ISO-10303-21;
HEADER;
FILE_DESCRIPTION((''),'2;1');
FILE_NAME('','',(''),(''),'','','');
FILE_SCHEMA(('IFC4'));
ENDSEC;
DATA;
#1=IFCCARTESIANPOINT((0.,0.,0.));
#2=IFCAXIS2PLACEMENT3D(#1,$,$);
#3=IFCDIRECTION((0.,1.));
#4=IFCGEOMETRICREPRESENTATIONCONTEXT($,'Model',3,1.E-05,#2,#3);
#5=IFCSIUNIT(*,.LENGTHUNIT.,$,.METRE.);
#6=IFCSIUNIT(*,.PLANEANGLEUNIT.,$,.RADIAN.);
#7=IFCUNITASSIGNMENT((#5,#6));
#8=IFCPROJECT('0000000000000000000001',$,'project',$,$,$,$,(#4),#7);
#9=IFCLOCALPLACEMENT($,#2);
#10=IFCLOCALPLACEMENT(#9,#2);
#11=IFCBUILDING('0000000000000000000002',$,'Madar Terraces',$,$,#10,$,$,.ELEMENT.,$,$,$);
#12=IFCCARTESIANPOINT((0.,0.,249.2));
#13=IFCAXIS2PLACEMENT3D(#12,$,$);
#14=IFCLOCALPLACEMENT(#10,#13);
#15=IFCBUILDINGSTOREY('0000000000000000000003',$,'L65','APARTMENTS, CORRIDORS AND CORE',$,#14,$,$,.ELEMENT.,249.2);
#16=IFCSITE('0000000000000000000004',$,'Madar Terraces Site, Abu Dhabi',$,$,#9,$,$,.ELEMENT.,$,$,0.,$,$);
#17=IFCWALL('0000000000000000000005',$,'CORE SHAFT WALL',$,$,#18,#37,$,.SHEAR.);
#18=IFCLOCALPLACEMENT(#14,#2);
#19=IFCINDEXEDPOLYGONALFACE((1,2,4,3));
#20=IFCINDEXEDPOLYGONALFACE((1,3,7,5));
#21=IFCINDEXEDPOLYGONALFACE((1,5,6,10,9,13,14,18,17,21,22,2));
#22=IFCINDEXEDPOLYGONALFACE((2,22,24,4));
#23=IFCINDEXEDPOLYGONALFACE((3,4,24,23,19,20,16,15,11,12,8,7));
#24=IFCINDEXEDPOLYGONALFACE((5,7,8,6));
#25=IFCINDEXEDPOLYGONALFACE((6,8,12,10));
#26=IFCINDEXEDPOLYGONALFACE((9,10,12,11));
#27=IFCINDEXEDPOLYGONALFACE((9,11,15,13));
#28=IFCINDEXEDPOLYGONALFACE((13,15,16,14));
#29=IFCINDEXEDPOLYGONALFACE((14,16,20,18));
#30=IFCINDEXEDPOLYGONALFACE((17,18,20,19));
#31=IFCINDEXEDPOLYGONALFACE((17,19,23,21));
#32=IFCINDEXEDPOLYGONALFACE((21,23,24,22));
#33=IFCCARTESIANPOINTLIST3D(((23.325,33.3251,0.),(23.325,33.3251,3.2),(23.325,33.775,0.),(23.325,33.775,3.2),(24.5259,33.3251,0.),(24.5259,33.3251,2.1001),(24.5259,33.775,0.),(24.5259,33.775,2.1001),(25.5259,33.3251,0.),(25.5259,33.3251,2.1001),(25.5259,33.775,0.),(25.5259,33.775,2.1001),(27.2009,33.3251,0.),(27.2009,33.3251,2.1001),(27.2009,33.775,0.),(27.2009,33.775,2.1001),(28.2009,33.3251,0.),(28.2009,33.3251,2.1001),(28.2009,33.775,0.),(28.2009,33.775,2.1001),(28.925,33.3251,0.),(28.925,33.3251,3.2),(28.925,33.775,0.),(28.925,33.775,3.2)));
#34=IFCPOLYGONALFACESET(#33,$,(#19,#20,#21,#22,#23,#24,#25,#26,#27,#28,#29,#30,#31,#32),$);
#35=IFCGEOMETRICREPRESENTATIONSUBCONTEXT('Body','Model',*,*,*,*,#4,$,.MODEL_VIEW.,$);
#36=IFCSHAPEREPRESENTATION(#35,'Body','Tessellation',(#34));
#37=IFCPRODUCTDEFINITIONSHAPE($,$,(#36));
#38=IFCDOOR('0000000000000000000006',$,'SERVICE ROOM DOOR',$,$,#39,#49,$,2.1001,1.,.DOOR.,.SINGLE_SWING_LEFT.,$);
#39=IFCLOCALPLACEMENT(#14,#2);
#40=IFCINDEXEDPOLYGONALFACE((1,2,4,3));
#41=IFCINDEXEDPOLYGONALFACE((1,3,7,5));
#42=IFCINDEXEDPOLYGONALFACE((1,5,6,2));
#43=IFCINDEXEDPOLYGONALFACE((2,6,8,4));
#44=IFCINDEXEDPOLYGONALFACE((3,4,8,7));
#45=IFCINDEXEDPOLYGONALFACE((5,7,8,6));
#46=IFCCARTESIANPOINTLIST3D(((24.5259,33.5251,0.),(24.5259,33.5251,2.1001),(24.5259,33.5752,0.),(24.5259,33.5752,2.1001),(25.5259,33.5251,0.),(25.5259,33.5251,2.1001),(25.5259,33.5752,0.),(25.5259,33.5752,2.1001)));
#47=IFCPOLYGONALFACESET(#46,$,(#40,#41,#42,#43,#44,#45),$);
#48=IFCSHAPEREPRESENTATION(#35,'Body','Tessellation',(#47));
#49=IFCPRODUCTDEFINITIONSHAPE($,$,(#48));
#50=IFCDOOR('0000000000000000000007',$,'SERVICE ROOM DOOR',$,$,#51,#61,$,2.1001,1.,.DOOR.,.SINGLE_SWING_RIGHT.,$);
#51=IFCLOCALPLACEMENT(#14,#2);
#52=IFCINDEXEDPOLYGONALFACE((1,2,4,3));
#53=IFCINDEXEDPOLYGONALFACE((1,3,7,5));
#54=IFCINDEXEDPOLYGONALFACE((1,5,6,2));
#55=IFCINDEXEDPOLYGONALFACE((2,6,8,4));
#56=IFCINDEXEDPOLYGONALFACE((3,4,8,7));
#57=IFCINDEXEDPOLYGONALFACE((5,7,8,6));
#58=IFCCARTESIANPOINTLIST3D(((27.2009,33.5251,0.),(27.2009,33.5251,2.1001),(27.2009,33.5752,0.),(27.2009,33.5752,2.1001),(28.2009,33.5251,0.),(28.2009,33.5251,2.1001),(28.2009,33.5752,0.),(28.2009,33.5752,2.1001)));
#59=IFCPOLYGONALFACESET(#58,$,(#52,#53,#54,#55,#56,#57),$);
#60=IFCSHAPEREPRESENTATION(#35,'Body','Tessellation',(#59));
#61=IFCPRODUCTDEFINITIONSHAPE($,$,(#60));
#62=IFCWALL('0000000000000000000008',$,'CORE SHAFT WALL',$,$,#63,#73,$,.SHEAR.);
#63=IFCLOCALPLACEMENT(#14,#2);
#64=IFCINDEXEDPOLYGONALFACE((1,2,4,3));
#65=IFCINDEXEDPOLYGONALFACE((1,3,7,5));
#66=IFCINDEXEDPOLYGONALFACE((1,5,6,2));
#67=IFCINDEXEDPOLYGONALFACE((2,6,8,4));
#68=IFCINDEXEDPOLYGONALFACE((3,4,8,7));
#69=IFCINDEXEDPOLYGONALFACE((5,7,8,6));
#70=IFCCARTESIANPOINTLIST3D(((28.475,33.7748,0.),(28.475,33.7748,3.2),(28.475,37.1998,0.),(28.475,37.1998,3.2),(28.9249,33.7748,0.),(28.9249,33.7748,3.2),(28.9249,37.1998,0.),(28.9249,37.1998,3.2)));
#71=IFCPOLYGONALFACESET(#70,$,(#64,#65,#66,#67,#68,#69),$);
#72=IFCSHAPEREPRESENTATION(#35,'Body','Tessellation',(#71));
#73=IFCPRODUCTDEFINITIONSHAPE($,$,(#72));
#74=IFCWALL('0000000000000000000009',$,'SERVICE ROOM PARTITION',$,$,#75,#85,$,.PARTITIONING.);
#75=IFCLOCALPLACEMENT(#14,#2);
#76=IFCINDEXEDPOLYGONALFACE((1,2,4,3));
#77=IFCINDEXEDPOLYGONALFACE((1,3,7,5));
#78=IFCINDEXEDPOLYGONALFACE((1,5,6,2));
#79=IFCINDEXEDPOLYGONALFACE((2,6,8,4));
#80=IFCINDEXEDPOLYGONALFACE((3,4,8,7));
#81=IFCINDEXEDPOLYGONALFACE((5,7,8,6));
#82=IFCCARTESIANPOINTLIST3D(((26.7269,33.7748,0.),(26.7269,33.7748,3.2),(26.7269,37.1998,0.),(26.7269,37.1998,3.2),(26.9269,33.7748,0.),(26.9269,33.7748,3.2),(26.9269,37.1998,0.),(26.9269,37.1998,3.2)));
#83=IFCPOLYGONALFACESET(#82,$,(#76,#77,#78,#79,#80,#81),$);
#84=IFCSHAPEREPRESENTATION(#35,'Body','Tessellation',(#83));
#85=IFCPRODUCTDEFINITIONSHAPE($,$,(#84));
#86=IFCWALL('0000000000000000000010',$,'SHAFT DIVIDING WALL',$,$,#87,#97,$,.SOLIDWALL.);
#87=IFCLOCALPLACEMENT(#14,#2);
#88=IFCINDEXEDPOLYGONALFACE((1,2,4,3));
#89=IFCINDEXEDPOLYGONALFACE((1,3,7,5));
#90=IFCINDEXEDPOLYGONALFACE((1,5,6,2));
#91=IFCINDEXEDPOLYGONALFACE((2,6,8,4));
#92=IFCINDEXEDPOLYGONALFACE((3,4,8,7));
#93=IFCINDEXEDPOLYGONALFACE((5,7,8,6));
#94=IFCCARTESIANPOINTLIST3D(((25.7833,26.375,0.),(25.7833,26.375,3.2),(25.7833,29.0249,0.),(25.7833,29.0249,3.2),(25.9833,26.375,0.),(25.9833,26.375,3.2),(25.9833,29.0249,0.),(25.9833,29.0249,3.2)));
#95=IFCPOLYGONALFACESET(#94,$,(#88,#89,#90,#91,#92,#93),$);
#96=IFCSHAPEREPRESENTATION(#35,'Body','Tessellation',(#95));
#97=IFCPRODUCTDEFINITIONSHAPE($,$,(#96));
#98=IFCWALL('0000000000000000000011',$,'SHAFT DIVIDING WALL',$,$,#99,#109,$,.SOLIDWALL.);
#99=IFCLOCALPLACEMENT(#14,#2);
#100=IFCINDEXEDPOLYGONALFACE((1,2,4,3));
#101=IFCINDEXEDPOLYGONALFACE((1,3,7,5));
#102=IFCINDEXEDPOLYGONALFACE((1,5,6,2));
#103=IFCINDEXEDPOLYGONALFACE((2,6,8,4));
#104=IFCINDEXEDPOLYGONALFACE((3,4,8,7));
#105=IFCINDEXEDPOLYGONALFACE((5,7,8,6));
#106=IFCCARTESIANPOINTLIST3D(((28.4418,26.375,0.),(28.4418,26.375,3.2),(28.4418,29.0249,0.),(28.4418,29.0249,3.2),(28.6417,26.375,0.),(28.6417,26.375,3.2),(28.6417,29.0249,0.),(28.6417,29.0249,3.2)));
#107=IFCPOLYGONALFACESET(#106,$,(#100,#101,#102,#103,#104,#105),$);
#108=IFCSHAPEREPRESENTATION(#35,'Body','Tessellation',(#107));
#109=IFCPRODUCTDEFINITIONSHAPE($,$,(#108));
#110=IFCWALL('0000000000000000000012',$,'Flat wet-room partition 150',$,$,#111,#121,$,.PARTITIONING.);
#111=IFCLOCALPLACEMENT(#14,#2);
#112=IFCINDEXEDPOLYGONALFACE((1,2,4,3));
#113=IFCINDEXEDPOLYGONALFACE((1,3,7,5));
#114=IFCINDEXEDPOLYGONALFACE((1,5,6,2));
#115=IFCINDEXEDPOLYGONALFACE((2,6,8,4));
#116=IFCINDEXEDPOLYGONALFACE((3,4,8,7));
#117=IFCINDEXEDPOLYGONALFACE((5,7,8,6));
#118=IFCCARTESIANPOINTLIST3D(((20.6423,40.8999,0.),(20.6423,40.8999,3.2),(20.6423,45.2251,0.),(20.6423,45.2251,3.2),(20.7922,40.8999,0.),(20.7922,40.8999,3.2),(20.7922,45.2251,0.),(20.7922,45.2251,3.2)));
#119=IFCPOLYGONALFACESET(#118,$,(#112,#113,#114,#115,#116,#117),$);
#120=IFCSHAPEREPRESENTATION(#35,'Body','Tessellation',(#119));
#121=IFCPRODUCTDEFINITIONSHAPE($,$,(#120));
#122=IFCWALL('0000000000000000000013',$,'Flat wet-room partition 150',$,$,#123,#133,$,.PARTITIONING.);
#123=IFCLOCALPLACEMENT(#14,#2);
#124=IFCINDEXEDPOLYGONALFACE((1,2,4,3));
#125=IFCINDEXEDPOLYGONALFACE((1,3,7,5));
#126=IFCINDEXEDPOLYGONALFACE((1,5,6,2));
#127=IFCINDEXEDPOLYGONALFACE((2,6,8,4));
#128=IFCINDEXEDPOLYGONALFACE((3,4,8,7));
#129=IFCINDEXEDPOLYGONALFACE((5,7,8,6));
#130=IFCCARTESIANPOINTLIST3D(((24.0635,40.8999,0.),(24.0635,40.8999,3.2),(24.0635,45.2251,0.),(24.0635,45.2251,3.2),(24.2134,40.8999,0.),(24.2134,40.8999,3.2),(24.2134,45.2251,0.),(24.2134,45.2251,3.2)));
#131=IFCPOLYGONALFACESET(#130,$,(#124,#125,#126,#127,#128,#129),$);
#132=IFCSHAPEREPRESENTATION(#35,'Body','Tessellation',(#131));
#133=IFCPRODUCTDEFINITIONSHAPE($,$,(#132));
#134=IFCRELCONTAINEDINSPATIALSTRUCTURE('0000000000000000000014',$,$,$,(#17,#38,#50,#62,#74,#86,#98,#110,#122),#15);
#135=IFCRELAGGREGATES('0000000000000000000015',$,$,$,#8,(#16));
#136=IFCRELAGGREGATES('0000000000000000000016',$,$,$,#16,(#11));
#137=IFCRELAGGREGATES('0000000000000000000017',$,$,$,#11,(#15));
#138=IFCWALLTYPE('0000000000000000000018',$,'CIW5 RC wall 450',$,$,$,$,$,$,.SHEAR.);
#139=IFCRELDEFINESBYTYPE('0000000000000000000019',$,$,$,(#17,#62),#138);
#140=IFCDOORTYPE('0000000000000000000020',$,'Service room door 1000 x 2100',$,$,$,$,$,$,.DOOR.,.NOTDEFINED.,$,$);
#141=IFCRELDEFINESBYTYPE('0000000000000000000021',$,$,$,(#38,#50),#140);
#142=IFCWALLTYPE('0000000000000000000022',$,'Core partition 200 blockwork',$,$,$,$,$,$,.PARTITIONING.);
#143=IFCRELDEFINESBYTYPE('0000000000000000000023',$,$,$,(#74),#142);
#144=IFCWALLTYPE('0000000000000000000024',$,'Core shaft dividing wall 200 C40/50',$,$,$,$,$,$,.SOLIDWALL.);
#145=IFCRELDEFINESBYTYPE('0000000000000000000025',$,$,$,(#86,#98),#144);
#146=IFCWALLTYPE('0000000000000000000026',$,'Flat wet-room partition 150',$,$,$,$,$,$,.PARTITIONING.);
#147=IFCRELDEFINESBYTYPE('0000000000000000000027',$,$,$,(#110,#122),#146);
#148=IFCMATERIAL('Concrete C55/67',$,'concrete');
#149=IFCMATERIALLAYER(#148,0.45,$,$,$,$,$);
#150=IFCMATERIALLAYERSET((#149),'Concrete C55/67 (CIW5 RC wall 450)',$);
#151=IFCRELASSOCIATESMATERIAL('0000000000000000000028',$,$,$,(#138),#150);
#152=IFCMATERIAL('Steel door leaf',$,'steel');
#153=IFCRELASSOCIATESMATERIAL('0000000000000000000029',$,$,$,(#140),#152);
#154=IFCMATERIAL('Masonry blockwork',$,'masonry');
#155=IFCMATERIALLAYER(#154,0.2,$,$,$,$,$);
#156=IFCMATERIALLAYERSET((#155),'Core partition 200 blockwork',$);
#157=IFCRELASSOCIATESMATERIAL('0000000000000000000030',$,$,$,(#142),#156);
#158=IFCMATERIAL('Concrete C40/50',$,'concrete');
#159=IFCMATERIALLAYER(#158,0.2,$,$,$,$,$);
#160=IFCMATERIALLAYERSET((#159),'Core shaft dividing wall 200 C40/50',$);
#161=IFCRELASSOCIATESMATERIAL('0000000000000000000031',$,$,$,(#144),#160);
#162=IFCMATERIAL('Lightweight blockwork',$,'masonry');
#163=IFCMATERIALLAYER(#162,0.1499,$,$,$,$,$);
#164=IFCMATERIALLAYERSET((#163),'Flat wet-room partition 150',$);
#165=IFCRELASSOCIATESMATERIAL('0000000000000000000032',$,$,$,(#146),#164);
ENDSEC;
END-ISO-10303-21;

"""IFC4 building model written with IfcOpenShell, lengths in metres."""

from ifc_helpers import new_model, si_unit, direction, frame, frame_2d, origin, place, context, subcontext, project, spatial, rectangle, extrude, material, layer, layer_set, type_object, element, fill, save


model = new_model("IFC4")

# Units and contexts
model_context = context("Model", 3, precision=1e-05, world=origin(), true_north=direction((0.0, 1.0)))
body_context = subcontext(model_context, "Body", "Model", "MODEL_VIEW")
ifc_project = project(units=[si_unit("LENGTHUNIT", "METRE"), si_unit("PLANEANGLEUNIT", "RADIAN")], contexts=[model_context])

# Site, building, storey
site_placement = place(None, origin())
site = spatial("IfcSite", under=ifc_project, at=site_placement, Name="Madar Terraces Site, Abu Dhabi", CompositionType="ELEMENT", RefElevation=0.0)
building_placement = place(site_placement, origin())
building = spatial("IfcBuilding", under=site, at=building_placement, Name="Madar Terraces", CompositionType="ELEMENT")
storey_placement = place(building_placement, frame((0.0, 0.0, 249.2)))
storey = spatial("IfcBuildingStorey", under=building, at=storey_placement, Name="L65", Description="APARTMENTS, CORRIDORS AND CORE", CompositionType="ELEMENT", Elevation=249.2)

# Shared definitions
ifc_material_1 = material(Name="Concrete C55/67", Category="concrete")
ifc_layer_1 = layer(ifc_material_1, 0.45)
ifc_layer_set_1 = layer_set([ifc_layer_1], Name="Concrete C55/67 (CIW5 RC wall 450)")
wall_type_1 = type_object("IfcWallType", Name="CIW5 RC wall 450", PredefinedType="SHEAR", material=ifc_layer_set_1)

# Wall, openings, doors
wall_1_placement = place(storey_placement, frame((23.325, 33.55, 0.0), z_axis=(0.0, 0.0, 1.0), x_axis=(1.0, 0.0, 0.0)))
wall_1 = element("IfcWall", 1, at=wall_1_placement, inside=storey, type_object=wall_type_1, Name="CORE SHAFT WALL", PredefinedType="SHEAR", context=body_context, shape_type="SweptSolid", body=[
    extrude(rectangle(XDim=5.6001, YDim=0.45, at=frame_2d((2.8, 0.0))), origin(), (0.0, 0.0, 1.0), 3.2),
])
opening_1_placement = place(wall_1_placement, frame((1.2009, 0.0, 0.0)))
opening_1 = element("IfcOpeningElement", 2, at=opening_1_placement, cuts=wall_1, PredefinedType="OPENING", context=body_context, shape_type="SweptSolid", body=[
    extrude(rectangle(XDim=1.0, YDim=2.1001, at=frame_2d((0.5, 1.05))), frame((0.0, 0.2349, 0.0), z_axis=(0.0, -1.0, 0.0), x_axis=(1.0, 0.0, 0.0)), (0.0, 0.0, 1.0), 0.47),
])
opening_2_placement = place(wall_1_placement, frame((3.876, 0.0, 0.0)))
opening_2 = element("IfcOpeningElement", 3, at=opening_2_placement, cuts=wall_1, PredefinedType="OPENING", context=body_context, shape_type="SweptSolid", body=[
    extrude(rectangle(XDim=1.0, YDim=2.1001, at=frame_2d((0.5, 1.05))), frame((0.0, 0.2349, 0.0), z_axis=(0.0, -1.0, 0.0), x_axis=(1.0, 0.0, 0.0)), (0.0, 0.0, 1.0), 0.47),
])
ifc_material_2 = material(Name="Steel door leaf", Category="steel")
door_type_1 = type_object("IfcDoorType", Name="Service room door 1000 x 2100", OperationType="NOTDEFINED", PredefinedType="DOOR", material=ifc_material_2)
door_1_placement = place(opening_1_placement, frame((1.0, 0.0, 0.0), z_axis=(0.0, 0.0, 1.0), x_axis=(-1.0, 0.0, 0.0)))
door_1 = element("IfcDoor", 4, at=door_1_placement, inside=storey, type_object=door_type_1, Name="SERVICE ROOM DOOR", OperationType="SINGLE_SWING_LEFT", OverallHeight=2.1001, OverallWidth=1.0, PredefinedType="DOOR", context=body_context, shape_type="SweptSolid", body=[
    extrude(rectangle(XDim=1.0, YDim=2.1001, at=frame_2d((0.5, 1.05))), frame((0.0, 0.0249, 0.0), z_axis=(0.0, -1.0, 0.0), x_axis=(1.0, 0.0, 0.0)), (0.0, 0.0, 1.0), 0.05),
])
fill(opening_1, door_1)
door_2_placement = place(opening_2_placement, frame((1.0, 0.0, 0.0), z_axis=(0.0, 0.0, 1.0), x_axis=(-1.0, 0.0, 0.0)))
door_2 = element("IfcDoor", 5, at=door_2_placement, inside=storey, type_object=door_type_1, Name="SERVICE ROOM DOOR", OperationType="SINGLE_SWING_RIGHT", OverallHeight=2.1001, OverallWidth=1.0, PredefinedType="DOOR", context=body_context, shape_type="SweptSolid", body=[
    extrude(rectangle(XDim=1.0, YDim=2.1001, at=frame_2d((0.5, 1.05))), frame((0.0, 0.0249, 0.0), z_axis=(0.0, -1.0, 0.0), x_axis=(1.0, 0.0, 0.0)), (0.0, 0.0, 1.0), 0.05),
])
fill(opening_2, door_2)

# Walls
wall_2_placement = place(storey_placement, frame((28.7, 33.7749, 0.0), z_axis=(0.0, 0.0, 1.0), x_axis=(0.0, 1.0, 0.0)))
element("IfcWall", 6, at=wall_2_placement, inside=storey, type_object=wall_type_1, Name="CORE SHAFT WALL", PredefinedType="SHEAR", context=body_context, shape_type="SweptSolid", body=[
    extrude(rectangle(XDim=3.425, YDim=0.45, at=frame_2d((1.7124, 0.0))), origin(), (0.0, 0.0, 1.0), 3.2),
])
ifc_material_3 = material(Name="Masonry blockwork", Category="masonry")
ifc_layer_2 = layer(ifc_material_3, 0.2)
ifc_layer_set_2 = layer_set([ifc_layer_2], Name="Core partition 200 blockwork")
wall_type_2 = type_object("IfcWallType", Name="Core partition 200 blockwork", PredefinedType="PARTITIONING", material=ifc_layer_set_2)
wall_3_placement = place(storey_placement, frame((26.8269, 33.7749, 0.0), z_axis=(0.0, 0.0, 1.0), x_axis=(0.0, 1.0, 0.0)))
element("IfcWall", 7, at=wall_3_placement, inside=storey, type_object=wall_type_2, Name="SERVICE ROOM PARTITION", PredefinedType="PARTITIONING", context=body_context, shape_type="SweptSolid", body=[
    extrude(rectangle(XDim=3.425, YDim=0.2, at=frame_2d((1.7124, 0.0))), origin(), (0.0, 0.0, 1.0), 3.2),
])
ifc_material_4 = material(Name="Concrete C40/50", Category="concrete")
ifc_layer_3 = layer(ifc_material_4, 0.2)
ifc_layer_set_3 = layer_set([ifc_layer_3], Name="Core shaft dividing wall 200 C40/50")
wall_type_3 = type_object("IfcWallType", Name="Core shaft dividing wall 200 C40/50", PredefinedType="SOLIDWALL", material=ifc_layer_set_3)
for number, where, z_axis, x_axis, name in (
    (8, (25.8833, 26.375, 0.0), (0.0, 0.0, 1.0), (0.0, 1.0, 0.0), "SHAFT DIVIDING WALL"),
    (9, (28.5417, 26.375, 0.0), (0.0, 0.0, 1.0), (0.0, 1.0, 0.0), "SHAFT DIVIDING WALL"),
):
    element("IfcWall", number, at=place(storey_placement, frame(where, z_axis=z_axis, x_axis=x_axis)), inside=storey, type_object=wall_type_3, Name=name, PredefinedType="SOLIDWALL", context=body_context, shape_type="SweptSolid", body=[
        extrude(rectangle(XDim=2.6499, YDim=0.2, at=frame_2d((1.325, 0.0))), origin(), (0.0, 0.0, 1.0), 3.2),
    ])
ifc_material_5 = material(Name="Lightweight blockwork", Category="masonry")
ifc_layer_4 = layer(ifc_material_5, 0.1499)
ifc_layer_set_4 = layer_set([ifc_layer_4], Name="Flat wet-room partition 150")
wall_type_4 = type_object("IfcWallType", Name="Flat wet-room partition 150", PredefinedType="PARTITIONING", material=ifc_layer_set_4)
for number, where, z_axis, x_axis, name in (
    (10, (20.7173, 40.8999, 0.0), (0.0, 0.0, 1.0), (0.0, 1.0, 0.0), "Flat wet-room partition 150"),
    (11, (24.1384, 40.8999, 0.0), (0.0, 0.0, 1.0), (0.0, 1.0, 0.0), "Flat wet-room partition 150"),
):
    element("IfcWall", number, at=place(storey_placement, frame(where, z_axis=z_axis, x_axis=x_axis)), inside=storey, type_object=wall_type_4, Name=name, PredefinedType="PARTITIONING", context=body_context, shape_type="SweptSolid", body=[
        extrude(rectangle(XDim=4.3252, YDim=0.1499, at=frame_2d((2.1626, 0.0))), origin(), (0.0, 0.0, 1.0), 3.2),
    ])

save(model, "model.ifc")
